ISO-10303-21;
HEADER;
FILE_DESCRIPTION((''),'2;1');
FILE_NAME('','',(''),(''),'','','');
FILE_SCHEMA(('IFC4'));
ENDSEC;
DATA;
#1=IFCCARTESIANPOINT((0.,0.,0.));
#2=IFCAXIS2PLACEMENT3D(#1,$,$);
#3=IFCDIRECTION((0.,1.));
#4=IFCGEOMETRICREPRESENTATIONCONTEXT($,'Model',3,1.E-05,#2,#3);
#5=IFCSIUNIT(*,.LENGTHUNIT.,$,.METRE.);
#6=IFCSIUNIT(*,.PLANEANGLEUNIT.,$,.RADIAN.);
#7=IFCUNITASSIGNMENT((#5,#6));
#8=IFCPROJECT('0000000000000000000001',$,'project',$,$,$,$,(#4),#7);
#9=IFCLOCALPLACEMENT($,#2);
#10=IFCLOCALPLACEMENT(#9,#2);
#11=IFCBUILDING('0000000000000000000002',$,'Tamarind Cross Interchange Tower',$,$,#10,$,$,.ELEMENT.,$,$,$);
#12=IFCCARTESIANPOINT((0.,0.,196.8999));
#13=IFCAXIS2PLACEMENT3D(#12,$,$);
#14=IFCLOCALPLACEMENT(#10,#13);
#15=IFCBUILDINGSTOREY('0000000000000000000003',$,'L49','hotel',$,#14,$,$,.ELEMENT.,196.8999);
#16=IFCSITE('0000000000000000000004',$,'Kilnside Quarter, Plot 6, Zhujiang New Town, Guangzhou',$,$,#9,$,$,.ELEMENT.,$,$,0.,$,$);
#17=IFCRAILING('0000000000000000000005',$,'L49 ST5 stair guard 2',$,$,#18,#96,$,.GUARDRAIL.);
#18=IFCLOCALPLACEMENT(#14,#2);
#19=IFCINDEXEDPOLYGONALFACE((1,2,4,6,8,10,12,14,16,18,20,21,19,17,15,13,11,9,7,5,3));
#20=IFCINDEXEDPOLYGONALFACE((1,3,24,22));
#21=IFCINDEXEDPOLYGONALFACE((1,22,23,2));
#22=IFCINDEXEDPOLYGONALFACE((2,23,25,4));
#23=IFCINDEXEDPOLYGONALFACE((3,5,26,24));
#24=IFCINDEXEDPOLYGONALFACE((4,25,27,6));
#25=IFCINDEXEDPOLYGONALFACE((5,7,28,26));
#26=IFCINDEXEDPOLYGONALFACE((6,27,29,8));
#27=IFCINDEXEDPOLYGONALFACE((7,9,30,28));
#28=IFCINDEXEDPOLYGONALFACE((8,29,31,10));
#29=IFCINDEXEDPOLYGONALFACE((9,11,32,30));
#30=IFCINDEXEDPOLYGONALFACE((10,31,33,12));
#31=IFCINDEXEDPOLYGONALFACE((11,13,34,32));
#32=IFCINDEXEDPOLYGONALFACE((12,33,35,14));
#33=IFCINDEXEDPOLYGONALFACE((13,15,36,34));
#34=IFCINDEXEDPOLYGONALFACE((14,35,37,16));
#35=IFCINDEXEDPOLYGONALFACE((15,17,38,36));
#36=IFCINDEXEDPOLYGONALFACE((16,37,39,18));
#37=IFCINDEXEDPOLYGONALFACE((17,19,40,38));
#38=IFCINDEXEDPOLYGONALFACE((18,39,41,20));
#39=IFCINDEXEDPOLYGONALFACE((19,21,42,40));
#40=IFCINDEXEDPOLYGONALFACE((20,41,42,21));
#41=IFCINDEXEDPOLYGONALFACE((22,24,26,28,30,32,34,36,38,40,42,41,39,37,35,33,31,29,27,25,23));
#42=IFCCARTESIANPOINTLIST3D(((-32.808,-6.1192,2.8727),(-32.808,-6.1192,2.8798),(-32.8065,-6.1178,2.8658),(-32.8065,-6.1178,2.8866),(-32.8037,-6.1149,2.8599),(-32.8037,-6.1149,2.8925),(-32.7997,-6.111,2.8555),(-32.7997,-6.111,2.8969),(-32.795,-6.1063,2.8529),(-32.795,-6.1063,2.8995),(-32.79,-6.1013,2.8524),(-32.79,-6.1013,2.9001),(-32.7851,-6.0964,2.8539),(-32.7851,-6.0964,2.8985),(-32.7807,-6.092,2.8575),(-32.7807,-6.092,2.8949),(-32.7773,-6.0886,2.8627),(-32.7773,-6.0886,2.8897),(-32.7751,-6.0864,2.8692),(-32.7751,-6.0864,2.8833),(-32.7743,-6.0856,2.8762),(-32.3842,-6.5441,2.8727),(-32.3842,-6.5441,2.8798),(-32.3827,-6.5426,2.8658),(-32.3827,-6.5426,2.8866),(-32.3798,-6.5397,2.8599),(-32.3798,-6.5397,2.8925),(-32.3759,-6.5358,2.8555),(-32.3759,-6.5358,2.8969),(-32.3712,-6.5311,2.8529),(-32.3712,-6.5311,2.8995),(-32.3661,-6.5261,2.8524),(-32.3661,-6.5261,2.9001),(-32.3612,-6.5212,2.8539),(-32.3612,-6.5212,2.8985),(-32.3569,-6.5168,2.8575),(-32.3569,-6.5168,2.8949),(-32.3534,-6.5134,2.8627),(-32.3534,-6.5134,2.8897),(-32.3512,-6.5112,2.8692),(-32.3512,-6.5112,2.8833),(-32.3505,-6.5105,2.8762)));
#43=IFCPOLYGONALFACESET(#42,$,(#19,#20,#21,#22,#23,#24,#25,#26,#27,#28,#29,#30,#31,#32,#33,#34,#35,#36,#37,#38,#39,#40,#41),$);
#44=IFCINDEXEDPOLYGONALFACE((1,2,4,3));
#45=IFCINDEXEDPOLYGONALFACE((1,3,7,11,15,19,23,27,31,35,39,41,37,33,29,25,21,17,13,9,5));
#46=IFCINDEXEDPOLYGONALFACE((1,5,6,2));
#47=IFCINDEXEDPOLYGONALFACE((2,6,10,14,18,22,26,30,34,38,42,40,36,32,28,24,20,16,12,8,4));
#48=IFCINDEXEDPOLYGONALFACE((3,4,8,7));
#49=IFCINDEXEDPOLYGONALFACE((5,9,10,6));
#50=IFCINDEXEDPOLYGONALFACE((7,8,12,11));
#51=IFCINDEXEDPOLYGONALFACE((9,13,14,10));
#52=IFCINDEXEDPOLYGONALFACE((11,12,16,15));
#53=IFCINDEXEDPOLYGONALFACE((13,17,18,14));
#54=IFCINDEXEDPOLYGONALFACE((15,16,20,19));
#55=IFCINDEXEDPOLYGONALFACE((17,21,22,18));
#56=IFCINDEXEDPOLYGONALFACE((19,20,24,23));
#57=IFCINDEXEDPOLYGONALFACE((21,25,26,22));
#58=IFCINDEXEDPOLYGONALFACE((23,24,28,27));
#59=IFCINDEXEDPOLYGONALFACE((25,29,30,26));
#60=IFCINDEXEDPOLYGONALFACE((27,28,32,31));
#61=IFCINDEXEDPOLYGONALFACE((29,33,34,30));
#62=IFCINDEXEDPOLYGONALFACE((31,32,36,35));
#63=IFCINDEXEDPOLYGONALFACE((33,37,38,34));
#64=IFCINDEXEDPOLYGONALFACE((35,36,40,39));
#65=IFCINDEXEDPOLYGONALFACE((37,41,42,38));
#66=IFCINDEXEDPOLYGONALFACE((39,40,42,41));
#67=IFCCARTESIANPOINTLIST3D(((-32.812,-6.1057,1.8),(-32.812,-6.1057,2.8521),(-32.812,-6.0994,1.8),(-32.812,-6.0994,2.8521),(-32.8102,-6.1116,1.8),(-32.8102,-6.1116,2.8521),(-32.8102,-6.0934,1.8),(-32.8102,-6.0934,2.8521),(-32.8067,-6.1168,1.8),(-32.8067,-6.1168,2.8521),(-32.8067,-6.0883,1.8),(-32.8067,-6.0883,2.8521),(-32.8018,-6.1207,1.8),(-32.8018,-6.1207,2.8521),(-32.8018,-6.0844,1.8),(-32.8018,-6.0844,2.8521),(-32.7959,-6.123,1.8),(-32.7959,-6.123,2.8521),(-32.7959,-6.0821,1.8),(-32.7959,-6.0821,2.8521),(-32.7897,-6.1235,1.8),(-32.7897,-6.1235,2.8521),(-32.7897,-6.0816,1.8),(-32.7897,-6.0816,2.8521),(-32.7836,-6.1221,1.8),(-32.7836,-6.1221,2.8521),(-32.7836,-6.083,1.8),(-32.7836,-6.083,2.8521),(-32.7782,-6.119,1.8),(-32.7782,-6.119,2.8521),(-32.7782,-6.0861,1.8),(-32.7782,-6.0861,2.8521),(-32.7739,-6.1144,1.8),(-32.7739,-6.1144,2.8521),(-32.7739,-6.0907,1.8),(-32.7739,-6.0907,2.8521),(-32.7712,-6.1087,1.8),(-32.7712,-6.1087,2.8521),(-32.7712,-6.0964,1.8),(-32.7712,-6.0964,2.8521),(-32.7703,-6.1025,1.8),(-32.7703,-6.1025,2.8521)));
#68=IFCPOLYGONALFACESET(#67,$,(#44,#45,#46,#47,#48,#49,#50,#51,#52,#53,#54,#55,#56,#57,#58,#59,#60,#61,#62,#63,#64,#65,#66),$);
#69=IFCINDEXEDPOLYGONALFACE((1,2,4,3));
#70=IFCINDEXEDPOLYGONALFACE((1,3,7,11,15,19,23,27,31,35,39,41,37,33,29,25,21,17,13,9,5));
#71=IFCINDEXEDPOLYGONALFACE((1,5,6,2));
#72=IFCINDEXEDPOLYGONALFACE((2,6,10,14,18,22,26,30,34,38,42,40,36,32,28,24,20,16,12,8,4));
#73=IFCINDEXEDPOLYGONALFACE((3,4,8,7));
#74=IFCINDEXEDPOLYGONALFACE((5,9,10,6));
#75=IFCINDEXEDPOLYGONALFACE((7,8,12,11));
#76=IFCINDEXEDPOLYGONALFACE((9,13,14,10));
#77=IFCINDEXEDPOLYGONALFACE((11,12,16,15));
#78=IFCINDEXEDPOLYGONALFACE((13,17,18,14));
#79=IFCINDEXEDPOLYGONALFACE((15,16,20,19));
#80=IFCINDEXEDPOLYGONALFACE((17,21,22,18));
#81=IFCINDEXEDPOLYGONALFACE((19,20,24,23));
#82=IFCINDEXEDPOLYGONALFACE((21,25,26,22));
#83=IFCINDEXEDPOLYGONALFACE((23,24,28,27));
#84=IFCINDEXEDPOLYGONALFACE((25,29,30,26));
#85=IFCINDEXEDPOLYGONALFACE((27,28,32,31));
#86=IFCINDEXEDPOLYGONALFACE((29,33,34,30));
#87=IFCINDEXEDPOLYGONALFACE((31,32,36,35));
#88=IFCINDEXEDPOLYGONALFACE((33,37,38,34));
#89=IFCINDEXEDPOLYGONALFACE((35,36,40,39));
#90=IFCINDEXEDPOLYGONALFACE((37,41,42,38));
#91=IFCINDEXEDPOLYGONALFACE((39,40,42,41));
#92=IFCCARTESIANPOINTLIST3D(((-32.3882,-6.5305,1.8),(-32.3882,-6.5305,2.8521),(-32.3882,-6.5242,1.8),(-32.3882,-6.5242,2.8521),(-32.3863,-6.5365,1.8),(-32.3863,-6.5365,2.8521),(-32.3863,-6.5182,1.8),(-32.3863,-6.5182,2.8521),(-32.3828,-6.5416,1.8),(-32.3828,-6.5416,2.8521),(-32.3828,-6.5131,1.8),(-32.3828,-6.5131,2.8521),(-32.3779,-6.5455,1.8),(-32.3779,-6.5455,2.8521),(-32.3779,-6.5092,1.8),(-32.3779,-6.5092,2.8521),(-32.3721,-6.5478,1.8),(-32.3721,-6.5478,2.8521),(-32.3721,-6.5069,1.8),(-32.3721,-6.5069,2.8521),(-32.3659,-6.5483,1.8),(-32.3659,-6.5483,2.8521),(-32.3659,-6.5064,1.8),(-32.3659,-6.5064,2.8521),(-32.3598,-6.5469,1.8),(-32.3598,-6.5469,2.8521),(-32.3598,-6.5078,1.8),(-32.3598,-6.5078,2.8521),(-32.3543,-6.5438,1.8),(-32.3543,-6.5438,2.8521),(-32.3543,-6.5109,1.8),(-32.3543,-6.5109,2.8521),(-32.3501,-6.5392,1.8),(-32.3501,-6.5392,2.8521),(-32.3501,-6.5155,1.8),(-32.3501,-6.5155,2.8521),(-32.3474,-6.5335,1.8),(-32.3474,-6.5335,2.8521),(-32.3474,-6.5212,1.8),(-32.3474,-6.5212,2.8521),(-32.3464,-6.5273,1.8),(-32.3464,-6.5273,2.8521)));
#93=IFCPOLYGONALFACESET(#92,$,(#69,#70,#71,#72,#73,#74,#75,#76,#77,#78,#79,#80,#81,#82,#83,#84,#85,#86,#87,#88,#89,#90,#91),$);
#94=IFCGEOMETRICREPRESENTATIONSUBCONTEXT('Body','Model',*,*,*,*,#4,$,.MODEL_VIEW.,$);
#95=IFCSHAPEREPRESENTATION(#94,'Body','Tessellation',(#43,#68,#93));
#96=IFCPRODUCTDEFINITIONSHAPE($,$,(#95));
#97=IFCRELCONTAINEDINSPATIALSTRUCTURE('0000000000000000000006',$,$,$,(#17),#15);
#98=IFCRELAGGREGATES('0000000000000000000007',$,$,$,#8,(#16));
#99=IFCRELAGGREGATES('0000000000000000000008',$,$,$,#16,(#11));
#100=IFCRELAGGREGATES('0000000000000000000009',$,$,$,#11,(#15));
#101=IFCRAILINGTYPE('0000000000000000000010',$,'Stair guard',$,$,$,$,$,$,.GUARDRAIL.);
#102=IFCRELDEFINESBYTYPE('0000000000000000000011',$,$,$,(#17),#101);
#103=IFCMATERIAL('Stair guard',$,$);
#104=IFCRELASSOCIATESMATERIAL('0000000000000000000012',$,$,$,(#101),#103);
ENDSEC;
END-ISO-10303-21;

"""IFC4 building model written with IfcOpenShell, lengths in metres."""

from ifc_helpers import new_model, si_unit, direction, frame, origin, origin_2d, place, context, subcontext, project, spatial, circle, extrude, material, type_object, element, save


model = new_model("IFC4")

# Units and contexts
model_context = context("Model", 3, precision=1e-05, world=origin(), true_north=direction((0.0, 1.0)))
body_context = subcontext(model_context, "Body", "Model", "MODEL_VIEW")
ifc_project = project(units=[si_unit("LENGTHUNIT", "METRE"), si_unit("PLANEANGLEUNIT", "RADIAN")], contexts=[model_context])

# Site, building, storey
site_placement = place(None, origin())
site = spatial("IfcSite", under=ifc_project, at=site_placement, Name="Kilnside Quarter, Plot 6, Zhujiang New Town, Guangzhou", CompositionType="ELEMENT", RefElevation=0.0)
building_placement = place(site_placement, origin())
building = spatial("IfcBuilding", under=site, at=building_placement, Name="Tamarind Cross Interchange Tower", CompositionType="ELEMENT")
storey_placement = place(building_placement, frame((0.0, 0.0, 196.8999)))
storey = spatial("IfcBuildingStorey", under=building, at=storey_placement, Name="L49", Description="hotel", CompositionType="ELEMENT", Elevation=196.8999)

# Railing
ifc_material_1 = material(Name="Stair guard")
railing_type_1 = type_object("IfcRailingType", Name="Stair guard", PredefinedType="GUARDRAIL", material=ifc_material_1)
railing_1_placement = place(storey_placement, frame((-32.7913, -6.1025, 1.8)))
element("IfcRailing", 1, at=railing_1_placement, inside=storey, type_object=railing_type_1, Name="L49 ST5 stair guard 2", PredefinedType="GUARDRAIL", context=body_context, shape_type="SweptSolid", body=[
    extrude(circle(Radius=0.0239, at=origin_2d()), frame((0.0, 0.0, 1.0762), z_axis=(0.706293, -0.70792, 0.0), x_axis=(0.70792, 0.706293, 0.0)), (0.0, 0.0, 1.0), 0.6001),
    extrude(circle(Radius=0.021, at=origin_2d()), origin(), (0.0, 0.0, 1.0), 1.052),
    extrude(circle(Radius=0.021, at=origin_2d()), frame((0.4238, -0.4248, 0.0)), (0.0, 0.0, 1.0), 1.052),
])

save(model, "model.ifc")
